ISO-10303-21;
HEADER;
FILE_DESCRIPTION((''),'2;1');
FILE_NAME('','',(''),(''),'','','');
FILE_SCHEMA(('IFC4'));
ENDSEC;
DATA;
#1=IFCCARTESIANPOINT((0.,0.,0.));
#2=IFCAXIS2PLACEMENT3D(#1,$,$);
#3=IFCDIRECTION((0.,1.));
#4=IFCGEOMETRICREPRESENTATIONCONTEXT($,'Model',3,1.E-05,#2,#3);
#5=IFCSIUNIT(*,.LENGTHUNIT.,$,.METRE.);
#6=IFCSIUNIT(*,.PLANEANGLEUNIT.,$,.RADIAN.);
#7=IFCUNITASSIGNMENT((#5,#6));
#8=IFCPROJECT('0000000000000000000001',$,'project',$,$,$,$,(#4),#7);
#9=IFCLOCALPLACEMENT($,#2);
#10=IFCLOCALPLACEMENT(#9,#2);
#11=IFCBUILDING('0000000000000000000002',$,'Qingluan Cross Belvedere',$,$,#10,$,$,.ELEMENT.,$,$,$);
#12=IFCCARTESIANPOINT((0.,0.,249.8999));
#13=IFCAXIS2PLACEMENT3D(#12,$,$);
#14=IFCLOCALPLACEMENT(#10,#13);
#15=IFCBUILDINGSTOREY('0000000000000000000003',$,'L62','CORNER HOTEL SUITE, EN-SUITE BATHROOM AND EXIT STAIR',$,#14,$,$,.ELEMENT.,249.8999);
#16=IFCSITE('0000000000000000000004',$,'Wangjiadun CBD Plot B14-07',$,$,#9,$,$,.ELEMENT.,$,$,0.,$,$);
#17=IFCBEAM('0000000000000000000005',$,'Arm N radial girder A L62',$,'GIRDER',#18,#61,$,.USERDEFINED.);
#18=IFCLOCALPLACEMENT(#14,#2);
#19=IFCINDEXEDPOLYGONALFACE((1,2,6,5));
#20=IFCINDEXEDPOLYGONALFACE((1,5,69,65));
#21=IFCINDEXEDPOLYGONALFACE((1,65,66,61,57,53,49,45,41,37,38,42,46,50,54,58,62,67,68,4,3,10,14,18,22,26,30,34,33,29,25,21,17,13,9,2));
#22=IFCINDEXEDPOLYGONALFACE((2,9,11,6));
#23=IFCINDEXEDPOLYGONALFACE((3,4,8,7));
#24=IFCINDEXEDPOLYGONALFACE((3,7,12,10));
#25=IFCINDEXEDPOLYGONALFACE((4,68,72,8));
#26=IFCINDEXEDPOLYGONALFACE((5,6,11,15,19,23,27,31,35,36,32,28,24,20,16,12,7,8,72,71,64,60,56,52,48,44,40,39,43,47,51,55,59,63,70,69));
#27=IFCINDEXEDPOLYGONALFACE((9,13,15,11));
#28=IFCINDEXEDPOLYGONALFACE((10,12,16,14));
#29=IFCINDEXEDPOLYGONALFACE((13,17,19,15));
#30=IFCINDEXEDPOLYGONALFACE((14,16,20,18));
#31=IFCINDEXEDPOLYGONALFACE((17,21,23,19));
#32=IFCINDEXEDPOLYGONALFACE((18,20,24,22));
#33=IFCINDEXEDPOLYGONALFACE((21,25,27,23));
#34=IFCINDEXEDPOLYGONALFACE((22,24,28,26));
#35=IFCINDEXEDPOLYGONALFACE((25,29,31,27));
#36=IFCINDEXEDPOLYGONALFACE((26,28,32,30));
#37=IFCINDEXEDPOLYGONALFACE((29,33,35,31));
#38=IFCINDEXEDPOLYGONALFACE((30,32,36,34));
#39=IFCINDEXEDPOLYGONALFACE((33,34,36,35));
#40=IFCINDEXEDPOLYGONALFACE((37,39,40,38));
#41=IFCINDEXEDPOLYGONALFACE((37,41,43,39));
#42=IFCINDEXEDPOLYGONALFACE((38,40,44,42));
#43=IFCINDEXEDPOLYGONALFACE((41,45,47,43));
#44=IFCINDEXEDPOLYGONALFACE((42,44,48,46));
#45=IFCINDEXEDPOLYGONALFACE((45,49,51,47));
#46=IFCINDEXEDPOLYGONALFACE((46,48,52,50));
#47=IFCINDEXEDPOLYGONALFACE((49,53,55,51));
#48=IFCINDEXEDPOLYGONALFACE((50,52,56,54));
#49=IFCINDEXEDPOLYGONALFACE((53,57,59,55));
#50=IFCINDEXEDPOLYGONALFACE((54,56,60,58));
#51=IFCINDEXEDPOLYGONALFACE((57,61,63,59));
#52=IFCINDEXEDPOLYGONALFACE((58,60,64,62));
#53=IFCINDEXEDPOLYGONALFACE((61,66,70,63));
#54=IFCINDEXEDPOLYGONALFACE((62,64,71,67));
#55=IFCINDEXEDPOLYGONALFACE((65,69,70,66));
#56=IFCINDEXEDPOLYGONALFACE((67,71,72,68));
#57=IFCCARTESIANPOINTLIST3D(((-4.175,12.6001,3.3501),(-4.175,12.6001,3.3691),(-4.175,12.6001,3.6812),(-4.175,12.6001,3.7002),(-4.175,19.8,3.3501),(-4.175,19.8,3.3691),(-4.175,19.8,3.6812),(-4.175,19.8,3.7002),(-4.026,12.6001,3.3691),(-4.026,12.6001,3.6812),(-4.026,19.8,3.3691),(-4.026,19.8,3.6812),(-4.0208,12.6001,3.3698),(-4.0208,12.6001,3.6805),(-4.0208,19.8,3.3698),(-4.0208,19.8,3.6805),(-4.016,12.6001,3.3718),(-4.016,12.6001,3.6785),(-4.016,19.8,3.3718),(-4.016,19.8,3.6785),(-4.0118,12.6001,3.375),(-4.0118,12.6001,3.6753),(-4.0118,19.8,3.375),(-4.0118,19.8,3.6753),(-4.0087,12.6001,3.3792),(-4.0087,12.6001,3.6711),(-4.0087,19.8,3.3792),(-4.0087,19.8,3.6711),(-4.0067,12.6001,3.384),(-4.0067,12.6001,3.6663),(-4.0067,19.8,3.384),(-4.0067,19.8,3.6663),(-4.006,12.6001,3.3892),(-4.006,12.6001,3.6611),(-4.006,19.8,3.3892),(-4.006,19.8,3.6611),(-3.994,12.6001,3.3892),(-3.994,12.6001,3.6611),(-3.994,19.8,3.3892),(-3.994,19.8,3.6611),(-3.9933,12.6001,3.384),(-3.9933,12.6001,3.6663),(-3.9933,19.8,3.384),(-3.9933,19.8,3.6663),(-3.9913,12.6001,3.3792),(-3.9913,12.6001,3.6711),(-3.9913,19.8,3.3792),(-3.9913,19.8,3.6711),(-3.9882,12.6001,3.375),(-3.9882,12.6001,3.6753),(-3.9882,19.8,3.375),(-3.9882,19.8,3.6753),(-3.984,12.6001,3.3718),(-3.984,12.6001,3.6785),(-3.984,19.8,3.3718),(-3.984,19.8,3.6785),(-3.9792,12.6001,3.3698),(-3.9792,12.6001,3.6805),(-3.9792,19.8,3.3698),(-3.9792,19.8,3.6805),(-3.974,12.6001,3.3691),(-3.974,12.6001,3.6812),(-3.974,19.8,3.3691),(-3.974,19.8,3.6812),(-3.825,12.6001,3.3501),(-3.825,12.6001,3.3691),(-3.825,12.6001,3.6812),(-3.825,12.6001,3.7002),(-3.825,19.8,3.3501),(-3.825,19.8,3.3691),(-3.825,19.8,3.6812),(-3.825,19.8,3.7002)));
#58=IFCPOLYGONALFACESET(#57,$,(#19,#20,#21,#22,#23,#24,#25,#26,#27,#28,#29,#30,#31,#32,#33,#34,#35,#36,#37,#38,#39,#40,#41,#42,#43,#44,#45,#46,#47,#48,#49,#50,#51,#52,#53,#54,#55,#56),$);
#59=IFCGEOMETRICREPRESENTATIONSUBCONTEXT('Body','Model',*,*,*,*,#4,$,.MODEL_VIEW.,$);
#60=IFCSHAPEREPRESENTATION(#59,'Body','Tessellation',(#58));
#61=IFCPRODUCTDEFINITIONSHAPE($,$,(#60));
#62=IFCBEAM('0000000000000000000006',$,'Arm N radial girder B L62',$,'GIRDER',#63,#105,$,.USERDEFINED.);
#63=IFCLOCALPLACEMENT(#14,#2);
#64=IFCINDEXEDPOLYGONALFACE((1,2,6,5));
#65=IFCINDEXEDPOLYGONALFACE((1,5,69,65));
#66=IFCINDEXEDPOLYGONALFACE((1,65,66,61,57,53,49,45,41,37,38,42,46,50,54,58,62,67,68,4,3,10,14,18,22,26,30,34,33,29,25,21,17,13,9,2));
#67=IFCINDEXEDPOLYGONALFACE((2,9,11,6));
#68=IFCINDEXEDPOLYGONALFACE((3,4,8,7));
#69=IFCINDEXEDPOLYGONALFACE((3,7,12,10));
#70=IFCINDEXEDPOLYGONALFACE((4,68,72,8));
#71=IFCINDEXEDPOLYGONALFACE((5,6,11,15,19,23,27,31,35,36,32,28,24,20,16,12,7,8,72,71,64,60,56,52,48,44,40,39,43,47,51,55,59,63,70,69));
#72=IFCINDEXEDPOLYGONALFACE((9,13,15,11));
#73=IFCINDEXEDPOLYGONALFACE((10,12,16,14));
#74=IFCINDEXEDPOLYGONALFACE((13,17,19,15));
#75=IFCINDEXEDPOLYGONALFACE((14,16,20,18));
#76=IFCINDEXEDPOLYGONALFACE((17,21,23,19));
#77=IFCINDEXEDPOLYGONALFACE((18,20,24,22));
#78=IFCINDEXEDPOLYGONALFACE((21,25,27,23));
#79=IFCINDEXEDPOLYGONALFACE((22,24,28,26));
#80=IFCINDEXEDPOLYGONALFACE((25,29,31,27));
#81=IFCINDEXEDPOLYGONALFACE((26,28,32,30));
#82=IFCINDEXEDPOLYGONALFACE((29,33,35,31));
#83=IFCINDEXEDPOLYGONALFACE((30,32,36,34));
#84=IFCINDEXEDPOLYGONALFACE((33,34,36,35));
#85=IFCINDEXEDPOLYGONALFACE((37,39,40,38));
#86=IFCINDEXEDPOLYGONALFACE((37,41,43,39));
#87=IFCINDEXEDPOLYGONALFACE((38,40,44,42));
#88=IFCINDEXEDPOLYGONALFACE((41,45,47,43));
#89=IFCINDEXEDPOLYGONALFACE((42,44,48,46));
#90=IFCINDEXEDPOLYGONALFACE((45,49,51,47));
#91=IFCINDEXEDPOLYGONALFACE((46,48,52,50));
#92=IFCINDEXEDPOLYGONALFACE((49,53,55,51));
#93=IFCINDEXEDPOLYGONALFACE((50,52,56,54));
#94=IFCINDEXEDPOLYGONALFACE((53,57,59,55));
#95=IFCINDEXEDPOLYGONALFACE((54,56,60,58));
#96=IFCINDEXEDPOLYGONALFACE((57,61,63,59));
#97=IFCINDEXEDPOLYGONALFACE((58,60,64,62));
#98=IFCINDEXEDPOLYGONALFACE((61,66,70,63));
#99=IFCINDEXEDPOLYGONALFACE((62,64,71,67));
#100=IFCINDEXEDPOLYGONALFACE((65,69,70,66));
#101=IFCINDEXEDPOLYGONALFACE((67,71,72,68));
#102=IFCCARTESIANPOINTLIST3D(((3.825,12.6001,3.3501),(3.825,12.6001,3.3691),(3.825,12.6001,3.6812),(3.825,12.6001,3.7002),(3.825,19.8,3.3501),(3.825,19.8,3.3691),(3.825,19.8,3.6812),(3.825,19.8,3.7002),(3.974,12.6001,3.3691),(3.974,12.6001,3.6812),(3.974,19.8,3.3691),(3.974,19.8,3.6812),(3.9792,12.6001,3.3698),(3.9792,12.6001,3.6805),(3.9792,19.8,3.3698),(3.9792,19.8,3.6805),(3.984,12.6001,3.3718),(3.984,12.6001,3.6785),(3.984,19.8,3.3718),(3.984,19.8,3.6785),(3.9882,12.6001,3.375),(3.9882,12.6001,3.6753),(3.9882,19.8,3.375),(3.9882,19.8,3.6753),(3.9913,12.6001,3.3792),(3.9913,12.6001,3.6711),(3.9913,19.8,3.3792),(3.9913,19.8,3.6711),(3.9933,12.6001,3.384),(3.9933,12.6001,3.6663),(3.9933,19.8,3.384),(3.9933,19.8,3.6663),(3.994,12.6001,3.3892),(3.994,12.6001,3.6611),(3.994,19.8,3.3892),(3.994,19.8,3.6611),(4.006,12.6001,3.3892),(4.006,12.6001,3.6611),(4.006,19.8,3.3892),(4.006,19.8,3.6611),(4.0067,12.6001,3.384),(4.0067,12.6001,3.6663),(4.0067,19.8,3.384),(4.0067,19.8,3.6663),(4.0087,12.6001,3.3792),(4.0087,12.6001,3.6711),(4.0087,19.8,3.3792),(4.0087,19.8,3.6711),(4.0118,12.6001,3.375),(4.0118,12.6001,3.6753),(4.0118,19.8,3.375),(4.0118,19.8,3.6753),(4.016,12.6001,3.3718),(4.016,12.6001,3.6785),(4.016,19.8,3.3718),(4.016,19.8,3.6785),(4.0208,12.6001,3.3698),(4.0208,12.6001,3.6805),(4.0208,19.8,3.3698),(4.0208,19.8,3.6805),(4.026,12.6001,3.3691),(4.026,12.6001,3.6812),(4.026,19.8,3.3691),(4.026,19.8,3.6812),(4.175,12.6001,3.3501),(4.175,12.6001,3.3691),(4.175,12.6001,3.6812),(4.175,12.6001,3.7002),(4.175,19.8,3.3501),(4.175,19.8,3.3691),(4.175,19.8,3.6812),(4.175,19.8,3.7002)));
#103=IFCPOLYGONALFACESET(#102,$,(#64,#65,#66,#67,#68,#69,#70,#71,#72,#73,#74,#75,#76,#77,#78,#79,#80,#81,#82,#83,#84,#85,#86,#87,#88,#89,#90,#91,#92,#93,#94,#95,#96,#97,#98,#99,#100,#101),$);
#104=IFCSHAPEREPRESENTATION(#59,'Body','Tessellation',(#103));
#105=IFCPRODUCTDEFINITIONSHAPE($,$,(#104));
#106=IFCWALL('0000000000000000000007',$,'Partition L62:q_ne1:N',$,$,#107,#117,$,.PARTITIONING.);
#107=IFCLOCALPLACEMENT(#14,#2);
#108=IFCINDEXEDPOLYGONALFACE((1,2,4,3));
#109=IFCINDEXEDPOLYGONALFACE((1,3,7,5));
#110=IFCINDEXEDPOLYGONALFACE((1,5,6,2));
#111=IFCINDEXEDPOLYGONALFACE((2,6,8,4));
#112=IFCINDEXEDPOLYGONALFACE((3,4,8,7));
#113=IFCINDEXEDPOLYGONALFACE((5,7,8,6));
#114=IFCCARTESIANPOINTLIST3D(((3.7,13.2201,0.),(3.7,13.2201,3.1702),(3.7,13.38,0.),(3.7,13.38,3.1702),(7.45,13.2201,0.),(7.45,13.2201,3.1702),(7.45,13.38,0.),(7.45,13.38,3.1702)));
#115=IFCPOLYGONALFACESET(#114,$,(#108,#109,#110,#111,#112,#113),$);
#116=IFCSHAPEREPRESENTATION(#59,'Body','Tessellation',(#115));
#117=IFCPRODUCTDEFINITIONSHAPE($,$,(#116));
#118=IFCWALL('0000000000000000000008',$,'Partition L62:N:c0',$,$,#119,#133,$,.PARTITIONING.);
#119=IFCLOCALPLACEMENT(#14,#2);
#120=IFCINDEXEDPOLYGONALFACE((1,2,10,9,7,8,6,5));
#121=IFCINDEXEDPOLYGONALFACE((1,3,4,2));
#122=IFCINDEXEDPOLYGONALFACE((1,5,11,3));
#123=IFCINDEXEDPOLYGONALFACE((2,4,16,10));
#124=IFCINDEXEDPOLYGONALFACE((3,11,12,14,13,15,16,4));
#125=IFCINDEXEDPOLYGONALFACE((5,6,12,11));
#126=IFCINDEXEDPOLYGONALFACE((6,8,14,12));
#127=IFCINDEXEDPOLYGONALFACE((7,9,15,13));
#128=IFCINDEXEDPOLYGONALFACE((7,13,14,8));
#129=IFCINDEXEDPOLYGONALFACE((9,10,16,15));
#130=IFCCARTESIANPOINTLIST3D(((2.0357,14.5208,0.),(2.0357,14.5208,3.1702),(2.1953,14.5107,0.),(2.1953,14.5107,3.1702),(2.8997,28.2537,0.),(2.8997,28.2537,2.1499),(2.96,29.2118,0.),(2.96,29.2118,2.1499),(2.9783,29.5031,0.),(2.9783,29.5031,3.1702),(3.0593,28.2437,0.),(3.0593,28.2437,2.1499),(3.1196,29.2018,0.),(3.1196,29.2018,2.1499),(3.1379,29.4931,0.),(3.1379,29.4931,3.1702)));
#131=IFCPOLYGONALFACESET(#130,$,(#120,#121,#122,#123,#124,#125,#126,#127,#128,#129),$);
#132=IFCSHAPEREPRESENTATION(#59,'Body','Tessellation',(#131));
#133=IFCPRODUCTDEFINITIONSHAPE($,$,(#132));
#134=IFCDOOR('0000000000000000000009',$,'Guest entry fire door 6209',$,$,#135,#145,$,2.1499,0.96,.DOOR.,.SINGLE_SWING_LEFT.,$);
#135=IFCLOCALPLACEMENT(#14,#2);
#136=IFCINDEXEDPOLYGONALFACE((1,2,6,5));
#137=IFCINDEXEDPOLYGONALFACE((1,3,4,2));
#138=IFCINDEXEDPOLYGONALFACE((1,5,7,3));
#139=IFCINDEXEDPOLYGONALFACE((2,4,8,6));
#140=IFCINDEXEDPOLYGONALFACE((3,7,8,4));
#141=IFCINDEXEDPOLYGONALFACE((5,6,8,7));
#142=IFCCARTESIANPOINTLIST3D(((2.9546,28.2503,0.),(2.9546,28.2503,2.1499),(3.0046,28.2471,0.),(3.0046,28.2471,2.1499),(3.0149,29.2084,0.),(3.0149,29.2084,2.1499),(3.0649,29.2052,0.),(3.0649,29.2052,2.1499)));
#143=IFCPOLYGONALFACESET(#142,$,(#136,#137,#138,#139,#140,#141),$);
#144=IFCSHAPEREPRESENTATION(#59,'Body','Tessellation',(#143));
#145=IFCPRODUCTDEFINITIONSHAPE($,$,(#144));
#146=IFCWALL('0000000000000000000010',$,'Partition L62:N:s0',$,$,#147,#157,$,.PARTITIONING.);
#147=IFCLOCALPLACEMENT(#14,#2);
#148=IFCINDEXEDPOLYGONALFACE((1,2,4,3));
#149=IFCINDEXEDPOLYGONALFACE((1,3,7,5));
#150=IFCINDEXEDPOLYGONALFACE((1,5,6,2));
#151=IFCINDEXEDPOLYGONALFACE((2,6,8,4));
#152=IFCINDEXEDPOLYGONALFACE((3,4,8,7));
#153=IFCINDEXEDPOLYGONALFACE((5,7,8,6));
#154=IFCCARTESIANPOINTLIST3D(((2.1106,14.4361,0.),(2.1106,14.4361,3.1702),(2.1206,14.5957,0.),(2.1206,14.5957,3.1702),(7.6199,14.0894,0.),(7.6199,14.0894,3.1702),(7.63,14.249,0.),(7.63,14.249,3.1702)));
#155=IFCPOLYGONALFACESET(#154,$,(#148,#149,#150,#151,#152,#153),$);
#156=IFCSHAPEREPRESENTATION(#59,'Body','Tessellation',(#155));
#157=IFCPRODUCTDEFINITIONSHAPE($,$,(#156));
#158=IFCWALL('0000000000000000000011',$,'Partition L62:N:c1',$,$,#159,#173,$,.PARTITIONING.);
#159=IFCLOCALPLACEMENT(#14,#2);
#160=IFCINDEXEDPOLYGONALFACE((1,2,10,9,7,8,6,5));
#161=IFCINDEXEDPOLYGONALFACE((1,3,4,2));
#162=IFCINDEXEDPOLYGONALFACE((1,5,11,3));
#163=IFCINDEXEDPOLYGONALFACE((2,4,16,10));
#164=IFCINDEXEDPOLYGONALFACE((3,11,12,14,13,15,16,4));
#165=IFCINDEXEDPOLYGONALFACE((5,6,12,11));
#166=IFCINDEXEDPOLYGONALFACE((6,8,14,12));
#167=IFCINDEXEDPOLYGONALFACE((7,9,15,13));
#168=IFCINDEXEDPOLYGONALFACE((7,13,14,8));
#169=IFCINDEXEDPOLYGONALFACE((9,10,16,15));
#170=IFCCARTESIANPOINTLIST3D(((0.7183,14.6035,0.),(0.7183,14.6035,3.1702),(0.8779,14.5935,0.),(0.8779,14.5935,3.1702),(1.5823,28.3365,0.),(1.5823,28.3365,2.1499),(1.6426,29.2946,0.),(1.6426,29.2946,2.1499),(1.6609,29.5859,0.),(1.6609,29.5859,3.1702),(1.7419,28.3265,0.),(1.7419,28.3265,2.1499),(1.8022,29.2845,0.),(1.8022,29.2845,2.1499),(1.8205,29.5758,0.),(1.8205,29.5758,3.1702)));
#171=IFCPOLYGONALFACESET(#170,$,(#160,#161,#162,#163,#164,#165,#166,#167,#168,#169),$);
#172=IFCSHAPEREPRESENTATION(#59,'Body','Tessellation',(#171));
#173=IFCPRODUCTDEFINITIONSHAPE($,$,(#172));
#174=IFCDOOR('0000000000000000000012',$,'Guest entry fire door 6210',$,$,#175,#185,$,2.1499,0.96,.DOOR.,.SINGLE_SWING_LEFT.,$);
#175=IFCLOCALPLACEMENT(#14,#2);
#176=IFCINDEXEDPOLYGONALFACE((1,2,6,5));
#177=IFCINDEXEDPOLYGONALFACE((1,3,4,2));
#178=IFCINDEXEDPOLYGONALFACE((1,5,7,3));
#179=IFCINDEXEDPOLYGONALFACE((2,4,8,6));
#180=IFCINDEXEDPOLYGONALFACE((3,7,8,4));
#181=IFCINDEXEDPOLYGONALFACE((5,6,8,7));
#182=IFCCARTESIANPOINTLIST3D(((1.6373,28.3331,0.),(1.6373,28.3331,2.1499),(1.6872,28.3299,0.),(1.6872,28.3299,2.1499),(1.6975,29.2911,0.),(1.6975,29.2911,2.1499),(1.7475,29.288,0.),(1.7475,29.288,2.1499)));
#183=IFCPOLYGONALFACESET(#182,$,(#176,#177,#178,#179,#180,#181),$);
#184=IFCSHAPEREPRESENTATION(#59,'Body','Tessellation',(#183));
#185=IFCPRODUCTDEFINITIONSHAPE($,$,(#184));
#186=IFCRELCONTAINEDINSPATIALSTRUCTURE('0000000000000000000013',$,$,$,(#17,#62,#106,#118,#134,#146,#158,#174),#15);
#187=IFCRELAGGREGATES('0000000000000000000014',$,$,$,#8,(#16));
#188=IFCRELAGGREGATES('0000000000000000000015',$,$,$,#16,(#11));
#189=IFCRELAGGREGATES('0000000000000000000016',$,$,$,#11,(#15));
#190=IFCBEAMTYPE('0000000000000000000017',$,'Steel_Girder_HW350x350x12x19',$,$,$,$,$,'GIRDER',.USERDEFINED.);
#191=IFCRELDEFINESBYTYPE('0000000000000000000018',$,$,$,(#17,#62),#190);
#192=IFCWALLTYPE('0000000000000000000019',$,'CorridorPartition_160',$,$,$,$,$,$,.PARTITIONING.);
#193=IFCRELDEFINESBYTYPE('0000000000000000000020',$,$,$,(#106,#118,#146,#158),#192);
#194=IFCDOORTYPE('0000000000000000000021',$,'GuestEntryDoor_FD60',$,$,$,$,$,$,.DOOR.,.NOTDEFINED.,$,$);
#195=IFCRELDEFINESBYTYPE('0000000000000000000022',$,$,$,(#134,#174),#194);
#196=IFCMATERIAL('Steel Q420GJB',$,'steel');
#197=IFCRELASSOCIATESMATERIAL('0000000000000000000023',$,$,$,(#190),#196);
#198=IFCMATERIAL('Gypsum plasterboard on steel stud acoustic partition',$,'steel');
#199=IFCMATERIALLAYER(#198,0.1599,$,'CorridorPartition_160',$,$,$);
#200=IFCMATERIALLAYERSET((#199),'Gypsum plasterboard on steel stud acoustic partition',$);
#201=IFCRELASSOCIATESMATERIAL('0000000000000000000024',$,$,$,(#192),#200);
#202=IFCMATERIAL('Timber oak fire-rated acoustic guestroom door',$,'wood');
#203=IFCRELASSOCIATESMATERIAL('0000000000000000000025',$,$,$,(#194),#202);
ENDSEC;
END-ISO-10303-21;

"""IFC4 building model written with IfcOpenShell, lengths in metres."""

from ifc_helpers import new_model, si_unit, direction, frame, frame_2d, origin, origin_2d, place, context, subcontext, project, spatial, rectangle, i_section, extrude, material, layer, layer_set, material_profile, profile_set, type_object, element, fill, save


model = new_model("IFC4")

# Units and contexts
model_context = context("Model", 3, precision=1e-05, world=origin(), true_north=direction((0.0, 1.0)))
body_context = subcontext(model_context, "Body", "Model", "MODEL_VIEW")
ifc_project = project(units=[si_unit("LENGTHUNIT", "METRE"), si_unit("PLANEANGLEUNIT", "RADIAN")], contexts=[model_context])

# Site, building, storey
site_placement = place(None, origin())
site = spatial("IfcSite", under=ifc_project, at=site_placement, Name="Wangjiadun CBD Plot B14-07", CompositionType="ELEMENT", RefElevation=0.0)
building_placement = place(site_placement, origin())
building = spatial("IfcBuilding", under=site, at=building_placement, Name="Qingluan Cross Belvedere", CompositionType="ELEMENT")
storey_placement = place(building_placement, frame((0.0, 0.0, 249.8999)))
storey = spatial("IfcBuildingStorey", under=building, at=storey_placement, Name="L62", Description="CORNER HOTEL SUITE, EN-SUITE BATHROOM AND EXIT STAIR", CompositionType="ELEMENT", Elevation=249.8999)

# Beams
ifc_material_1 = material(Name="Steel Q420GJB", Category="steel")
ifc_material_profile_1 = material_profile(ifc_material_1, i_section(OverallWidth=0.3501, OverallDepth=0.3501, WebThickness=0.012, FlangeThickness=0.019, FilletRadius=0.02, at=origin_2d()), Name="HW350x350x12x19")
ifc_profile_set_1 = profile_set([ifc_material_profile_1], Name="Steel Q420GJB")
beam_type_1 = type_object("IfcBeamType", Name="Steel_Girder_HW350x350x12x19", ElementType="GIRDER", PredefinedType="USERDEFINED", material=ifc_profile_set_1)
for number, where, z_axis, x_axis, name in (
    (1, (-4.0, 12.6001, 3.5251), (0.0, 1.0, 0.0), (-1.0, 0.0, 0.0), "Arm N radial girder A L62"),
    (2, (4.0, 12.6001, 3.5251), (0.0, 1.0, 0.0), (-1.0, 0.0, 0.0), "Arm N radial girder B L62"),
):
    element("IfcBeam", number, at=place(storey_placement, frame(where, z_axis=z_axis, x_axis=x_axis)), inside=storey, type_object=beam_type_1, Name=name, ObjectType="GIRDER", PredefinedType="USERDEFINED", context=body_context, shape_type="SweptSolid", body=[
        extrude(i_section(OverallWidth=0.3501, OverallDepth=0.3501, WebThickness=0.012, FlangeThickness=0.019, FilletRadius=0.02, at=origin_2d()), origin(), (0.0, 0.0, 1.0), 7.2),
    ])

# Wall
ifc_material_2 = material(Name="Gypsum plasterboard on steel stud acoustic partition", Category="steel")
ifc_layer_1 = layer(ifc_material_2, 0.1599, Name="CorridorPartition_160")
ifc_layer_set_1 = layer_set([ifc_layer_1], Name="Gypsum plasterboard on steel stud acoustic partition")
wall_type_1 = type_object("IfcWallType", Name="CorridorPartition_160", PredefinedType="PARTITIONING", material=ifc_layer_set_1)
wall_1_placement = place(storey_placement, frame((3.7, 13.3, 0.0), z_axis=(0.0, 0.0, 1.0), x_axis=(1.0, 0.0, 0.0)))
element("IfcWall", 3, at=wall_1_placement, inside=storey, type_object=wall_type_1, Name="Partition L62:q_ne1:N", PredefinedType="PARTITIONING", context=body_context, shape_type="SweptSolid", body=[
    extrude(rectangle(XDim=3.75, YDim=0.1599, at=frame_2d((1.875, 0.0))), origin(), (0.0, 0.0, 1.0), 3.1702),
])

# Wall, opening, door
wall_2_placement = place(storey_placement, frame((2.1155, 14.5159, 0.0), z_axis=(0.0, 0.0, 1.0), x_axis=(0.062791, 0.998027, 0.0)))
wall_2 = element("IfcWall", 4, at=wall_2_placement, inside=storey, type_object=wall_type_1, Name="Partition L62:N:c0", PredefinedType="PARTITIONING", context=body_context, shape_type="SweptSolid", body=[
    extrude(rectangle(XDim=15.012, YDim=0.1599, at=frame_2d((7.5059, 0.0))), origin(), (0.0, 0.0, 1.0), 3.1702),
])
opening_1_placement = place(wall_2_placement, frame((13.76, 0.0, 0.0)))
opening_1 = element("IfcOpeningElement", 5, at=opening_1_placement, cuts=wall_2, PredefinedType="OPENING", context=body_context, shape_type="SweptSolid", body=[
    extrude(rectangle(XDim=0.96, YDim=2.1499, at=frame_2d((0.48, 1.075))), frame((0.0, 0.0898, 0.0), z_axis=(0.0, -1.0, 0.0), x_axis=(1.0, 0.0, 0.0)), (0.0, 0.0, 1.0), 0.1799),
])
ifc_material_3 = material(Name="Timber oak fire-rated acoustic guestroom door", Category="wood")
door_type_1 = type_object("IfcDoorType", Name="GuestEntryDoor_FD60", OperationType="NOTDEFINED", PredefinedType="DOOR", material=ifc_material_3)
door_1_placement = place(opening_1_placement, origin())
door_1 = element("IfcDoor", 6, at=door_1_placement, inside=storey, type_object=door_type_1, Name="Guest entry fire door 6209", OperationType="SINGLE_SWING_LEFT", OverallHeight=2.1499, OverallWidth=0.96, PredefinedType="DOOR", context=body_context, shape_type="SweptSolid", body=[
    extrude(rectangle(XDim=0.96, YDim=2.1499, at=frame_2d((0.48, 1.075))), frame((0.0, 0.0249, 0.0), z_axis=(0.0, -1.0, 0.0), x_axis=(1.0, 0.0, 0.0)), (0.0, 0.0, 1.0), 0.05),
])
fill(opening_1, door_1)

# Wall
wall_3_placement = place(storey_placement, frame((2.1155, 14.5159, 0.0), z_axis=(0.0, 0.0, 1.0), x_axis=(0.998026, -0.062802, 0.0)))
element("IfcWall", 7, at=wall_3_placement, inside=storey, type_object=wall_type_1, Name="Partition L62:N:s0", PredefinedType="PARTITIONING", context=body_context, shape_type="SweptSolid", body=[
    extrude(rectangle(XDim=5.5203, YDim=0.1599, at=frame_2d((2.7603, 0.0))), origin(), (0.0, 0.0, 1.0), 3.1702),
])

# Wall, opening, door
wall_4_placement = place(storey_placement, frame((0.7981, 14.5986, 0.0), z_axis=(0.0, 0.0, 1.0), x_axis=(0.062791, 0.998027, 0.0)))
wall_4 = element("IfcWall", 8, at=wall_4_placement, inside=storey, type_object=wall_type_1, Name="Partition L62:N:c1", PredefinedType="PARTITIONING", context=body_context, shape_type="SweptSolid", body=[
    extrude(rectangle(XDim=15.012, YDim=0.1599, at=frame_2d((7.5059, 0.0))), origin(), (0.0, 0.0, 1.0), 3.1702),
])
opening_2_placement = place(wall_4_placement, frame((13.76, 0.0, 0.0)))
opening_2 = element("IfcOpeningElement", 9, at=opening_2_placement, cuts=wall_4, PredefinedType="OPENING", context=body_context, shape_type="SweptSolid", body=[
    extrude(rectangle(XDim=0.96, YDim=2.1499, at=frame_2d((0.48, 1.075))), frame((0.0, 0.0898, 0.0), z_axis=(0.0, -1.0, 0.0), x_axis=(1.0, 0.0, 0.0)), (0.0, 0.0, 1.0), 0.1799),
])
door_2_placement = place(opening_2_placement, origin())
door_2 = element("IfcDoor", 10, at=door_2_placement, inside=storey, type_object=door_type_1, Name="Guest entry fire door 6210", OperationType="SINGLE_SWING_LEFT", OverallHeight=2.1499, OverallWidth=0.96, PredefinedType="DOOR", context=body_context, shape_type="SweptSolid", body=[
    extrude(rectangle(XDim=0.96, YDim=2.1499, at=frame_2d((0.48, 1.075))), frame((0.0, 0.0249, 0.0), z_axis=(0.0, -1.0, 0.0), x_axis=(1.0, 0.0, 0.0)), (0.0, 0.0, 1.0), 0.05),
])
fill(opening_2, door_2)

save(model, "model.ifc")
